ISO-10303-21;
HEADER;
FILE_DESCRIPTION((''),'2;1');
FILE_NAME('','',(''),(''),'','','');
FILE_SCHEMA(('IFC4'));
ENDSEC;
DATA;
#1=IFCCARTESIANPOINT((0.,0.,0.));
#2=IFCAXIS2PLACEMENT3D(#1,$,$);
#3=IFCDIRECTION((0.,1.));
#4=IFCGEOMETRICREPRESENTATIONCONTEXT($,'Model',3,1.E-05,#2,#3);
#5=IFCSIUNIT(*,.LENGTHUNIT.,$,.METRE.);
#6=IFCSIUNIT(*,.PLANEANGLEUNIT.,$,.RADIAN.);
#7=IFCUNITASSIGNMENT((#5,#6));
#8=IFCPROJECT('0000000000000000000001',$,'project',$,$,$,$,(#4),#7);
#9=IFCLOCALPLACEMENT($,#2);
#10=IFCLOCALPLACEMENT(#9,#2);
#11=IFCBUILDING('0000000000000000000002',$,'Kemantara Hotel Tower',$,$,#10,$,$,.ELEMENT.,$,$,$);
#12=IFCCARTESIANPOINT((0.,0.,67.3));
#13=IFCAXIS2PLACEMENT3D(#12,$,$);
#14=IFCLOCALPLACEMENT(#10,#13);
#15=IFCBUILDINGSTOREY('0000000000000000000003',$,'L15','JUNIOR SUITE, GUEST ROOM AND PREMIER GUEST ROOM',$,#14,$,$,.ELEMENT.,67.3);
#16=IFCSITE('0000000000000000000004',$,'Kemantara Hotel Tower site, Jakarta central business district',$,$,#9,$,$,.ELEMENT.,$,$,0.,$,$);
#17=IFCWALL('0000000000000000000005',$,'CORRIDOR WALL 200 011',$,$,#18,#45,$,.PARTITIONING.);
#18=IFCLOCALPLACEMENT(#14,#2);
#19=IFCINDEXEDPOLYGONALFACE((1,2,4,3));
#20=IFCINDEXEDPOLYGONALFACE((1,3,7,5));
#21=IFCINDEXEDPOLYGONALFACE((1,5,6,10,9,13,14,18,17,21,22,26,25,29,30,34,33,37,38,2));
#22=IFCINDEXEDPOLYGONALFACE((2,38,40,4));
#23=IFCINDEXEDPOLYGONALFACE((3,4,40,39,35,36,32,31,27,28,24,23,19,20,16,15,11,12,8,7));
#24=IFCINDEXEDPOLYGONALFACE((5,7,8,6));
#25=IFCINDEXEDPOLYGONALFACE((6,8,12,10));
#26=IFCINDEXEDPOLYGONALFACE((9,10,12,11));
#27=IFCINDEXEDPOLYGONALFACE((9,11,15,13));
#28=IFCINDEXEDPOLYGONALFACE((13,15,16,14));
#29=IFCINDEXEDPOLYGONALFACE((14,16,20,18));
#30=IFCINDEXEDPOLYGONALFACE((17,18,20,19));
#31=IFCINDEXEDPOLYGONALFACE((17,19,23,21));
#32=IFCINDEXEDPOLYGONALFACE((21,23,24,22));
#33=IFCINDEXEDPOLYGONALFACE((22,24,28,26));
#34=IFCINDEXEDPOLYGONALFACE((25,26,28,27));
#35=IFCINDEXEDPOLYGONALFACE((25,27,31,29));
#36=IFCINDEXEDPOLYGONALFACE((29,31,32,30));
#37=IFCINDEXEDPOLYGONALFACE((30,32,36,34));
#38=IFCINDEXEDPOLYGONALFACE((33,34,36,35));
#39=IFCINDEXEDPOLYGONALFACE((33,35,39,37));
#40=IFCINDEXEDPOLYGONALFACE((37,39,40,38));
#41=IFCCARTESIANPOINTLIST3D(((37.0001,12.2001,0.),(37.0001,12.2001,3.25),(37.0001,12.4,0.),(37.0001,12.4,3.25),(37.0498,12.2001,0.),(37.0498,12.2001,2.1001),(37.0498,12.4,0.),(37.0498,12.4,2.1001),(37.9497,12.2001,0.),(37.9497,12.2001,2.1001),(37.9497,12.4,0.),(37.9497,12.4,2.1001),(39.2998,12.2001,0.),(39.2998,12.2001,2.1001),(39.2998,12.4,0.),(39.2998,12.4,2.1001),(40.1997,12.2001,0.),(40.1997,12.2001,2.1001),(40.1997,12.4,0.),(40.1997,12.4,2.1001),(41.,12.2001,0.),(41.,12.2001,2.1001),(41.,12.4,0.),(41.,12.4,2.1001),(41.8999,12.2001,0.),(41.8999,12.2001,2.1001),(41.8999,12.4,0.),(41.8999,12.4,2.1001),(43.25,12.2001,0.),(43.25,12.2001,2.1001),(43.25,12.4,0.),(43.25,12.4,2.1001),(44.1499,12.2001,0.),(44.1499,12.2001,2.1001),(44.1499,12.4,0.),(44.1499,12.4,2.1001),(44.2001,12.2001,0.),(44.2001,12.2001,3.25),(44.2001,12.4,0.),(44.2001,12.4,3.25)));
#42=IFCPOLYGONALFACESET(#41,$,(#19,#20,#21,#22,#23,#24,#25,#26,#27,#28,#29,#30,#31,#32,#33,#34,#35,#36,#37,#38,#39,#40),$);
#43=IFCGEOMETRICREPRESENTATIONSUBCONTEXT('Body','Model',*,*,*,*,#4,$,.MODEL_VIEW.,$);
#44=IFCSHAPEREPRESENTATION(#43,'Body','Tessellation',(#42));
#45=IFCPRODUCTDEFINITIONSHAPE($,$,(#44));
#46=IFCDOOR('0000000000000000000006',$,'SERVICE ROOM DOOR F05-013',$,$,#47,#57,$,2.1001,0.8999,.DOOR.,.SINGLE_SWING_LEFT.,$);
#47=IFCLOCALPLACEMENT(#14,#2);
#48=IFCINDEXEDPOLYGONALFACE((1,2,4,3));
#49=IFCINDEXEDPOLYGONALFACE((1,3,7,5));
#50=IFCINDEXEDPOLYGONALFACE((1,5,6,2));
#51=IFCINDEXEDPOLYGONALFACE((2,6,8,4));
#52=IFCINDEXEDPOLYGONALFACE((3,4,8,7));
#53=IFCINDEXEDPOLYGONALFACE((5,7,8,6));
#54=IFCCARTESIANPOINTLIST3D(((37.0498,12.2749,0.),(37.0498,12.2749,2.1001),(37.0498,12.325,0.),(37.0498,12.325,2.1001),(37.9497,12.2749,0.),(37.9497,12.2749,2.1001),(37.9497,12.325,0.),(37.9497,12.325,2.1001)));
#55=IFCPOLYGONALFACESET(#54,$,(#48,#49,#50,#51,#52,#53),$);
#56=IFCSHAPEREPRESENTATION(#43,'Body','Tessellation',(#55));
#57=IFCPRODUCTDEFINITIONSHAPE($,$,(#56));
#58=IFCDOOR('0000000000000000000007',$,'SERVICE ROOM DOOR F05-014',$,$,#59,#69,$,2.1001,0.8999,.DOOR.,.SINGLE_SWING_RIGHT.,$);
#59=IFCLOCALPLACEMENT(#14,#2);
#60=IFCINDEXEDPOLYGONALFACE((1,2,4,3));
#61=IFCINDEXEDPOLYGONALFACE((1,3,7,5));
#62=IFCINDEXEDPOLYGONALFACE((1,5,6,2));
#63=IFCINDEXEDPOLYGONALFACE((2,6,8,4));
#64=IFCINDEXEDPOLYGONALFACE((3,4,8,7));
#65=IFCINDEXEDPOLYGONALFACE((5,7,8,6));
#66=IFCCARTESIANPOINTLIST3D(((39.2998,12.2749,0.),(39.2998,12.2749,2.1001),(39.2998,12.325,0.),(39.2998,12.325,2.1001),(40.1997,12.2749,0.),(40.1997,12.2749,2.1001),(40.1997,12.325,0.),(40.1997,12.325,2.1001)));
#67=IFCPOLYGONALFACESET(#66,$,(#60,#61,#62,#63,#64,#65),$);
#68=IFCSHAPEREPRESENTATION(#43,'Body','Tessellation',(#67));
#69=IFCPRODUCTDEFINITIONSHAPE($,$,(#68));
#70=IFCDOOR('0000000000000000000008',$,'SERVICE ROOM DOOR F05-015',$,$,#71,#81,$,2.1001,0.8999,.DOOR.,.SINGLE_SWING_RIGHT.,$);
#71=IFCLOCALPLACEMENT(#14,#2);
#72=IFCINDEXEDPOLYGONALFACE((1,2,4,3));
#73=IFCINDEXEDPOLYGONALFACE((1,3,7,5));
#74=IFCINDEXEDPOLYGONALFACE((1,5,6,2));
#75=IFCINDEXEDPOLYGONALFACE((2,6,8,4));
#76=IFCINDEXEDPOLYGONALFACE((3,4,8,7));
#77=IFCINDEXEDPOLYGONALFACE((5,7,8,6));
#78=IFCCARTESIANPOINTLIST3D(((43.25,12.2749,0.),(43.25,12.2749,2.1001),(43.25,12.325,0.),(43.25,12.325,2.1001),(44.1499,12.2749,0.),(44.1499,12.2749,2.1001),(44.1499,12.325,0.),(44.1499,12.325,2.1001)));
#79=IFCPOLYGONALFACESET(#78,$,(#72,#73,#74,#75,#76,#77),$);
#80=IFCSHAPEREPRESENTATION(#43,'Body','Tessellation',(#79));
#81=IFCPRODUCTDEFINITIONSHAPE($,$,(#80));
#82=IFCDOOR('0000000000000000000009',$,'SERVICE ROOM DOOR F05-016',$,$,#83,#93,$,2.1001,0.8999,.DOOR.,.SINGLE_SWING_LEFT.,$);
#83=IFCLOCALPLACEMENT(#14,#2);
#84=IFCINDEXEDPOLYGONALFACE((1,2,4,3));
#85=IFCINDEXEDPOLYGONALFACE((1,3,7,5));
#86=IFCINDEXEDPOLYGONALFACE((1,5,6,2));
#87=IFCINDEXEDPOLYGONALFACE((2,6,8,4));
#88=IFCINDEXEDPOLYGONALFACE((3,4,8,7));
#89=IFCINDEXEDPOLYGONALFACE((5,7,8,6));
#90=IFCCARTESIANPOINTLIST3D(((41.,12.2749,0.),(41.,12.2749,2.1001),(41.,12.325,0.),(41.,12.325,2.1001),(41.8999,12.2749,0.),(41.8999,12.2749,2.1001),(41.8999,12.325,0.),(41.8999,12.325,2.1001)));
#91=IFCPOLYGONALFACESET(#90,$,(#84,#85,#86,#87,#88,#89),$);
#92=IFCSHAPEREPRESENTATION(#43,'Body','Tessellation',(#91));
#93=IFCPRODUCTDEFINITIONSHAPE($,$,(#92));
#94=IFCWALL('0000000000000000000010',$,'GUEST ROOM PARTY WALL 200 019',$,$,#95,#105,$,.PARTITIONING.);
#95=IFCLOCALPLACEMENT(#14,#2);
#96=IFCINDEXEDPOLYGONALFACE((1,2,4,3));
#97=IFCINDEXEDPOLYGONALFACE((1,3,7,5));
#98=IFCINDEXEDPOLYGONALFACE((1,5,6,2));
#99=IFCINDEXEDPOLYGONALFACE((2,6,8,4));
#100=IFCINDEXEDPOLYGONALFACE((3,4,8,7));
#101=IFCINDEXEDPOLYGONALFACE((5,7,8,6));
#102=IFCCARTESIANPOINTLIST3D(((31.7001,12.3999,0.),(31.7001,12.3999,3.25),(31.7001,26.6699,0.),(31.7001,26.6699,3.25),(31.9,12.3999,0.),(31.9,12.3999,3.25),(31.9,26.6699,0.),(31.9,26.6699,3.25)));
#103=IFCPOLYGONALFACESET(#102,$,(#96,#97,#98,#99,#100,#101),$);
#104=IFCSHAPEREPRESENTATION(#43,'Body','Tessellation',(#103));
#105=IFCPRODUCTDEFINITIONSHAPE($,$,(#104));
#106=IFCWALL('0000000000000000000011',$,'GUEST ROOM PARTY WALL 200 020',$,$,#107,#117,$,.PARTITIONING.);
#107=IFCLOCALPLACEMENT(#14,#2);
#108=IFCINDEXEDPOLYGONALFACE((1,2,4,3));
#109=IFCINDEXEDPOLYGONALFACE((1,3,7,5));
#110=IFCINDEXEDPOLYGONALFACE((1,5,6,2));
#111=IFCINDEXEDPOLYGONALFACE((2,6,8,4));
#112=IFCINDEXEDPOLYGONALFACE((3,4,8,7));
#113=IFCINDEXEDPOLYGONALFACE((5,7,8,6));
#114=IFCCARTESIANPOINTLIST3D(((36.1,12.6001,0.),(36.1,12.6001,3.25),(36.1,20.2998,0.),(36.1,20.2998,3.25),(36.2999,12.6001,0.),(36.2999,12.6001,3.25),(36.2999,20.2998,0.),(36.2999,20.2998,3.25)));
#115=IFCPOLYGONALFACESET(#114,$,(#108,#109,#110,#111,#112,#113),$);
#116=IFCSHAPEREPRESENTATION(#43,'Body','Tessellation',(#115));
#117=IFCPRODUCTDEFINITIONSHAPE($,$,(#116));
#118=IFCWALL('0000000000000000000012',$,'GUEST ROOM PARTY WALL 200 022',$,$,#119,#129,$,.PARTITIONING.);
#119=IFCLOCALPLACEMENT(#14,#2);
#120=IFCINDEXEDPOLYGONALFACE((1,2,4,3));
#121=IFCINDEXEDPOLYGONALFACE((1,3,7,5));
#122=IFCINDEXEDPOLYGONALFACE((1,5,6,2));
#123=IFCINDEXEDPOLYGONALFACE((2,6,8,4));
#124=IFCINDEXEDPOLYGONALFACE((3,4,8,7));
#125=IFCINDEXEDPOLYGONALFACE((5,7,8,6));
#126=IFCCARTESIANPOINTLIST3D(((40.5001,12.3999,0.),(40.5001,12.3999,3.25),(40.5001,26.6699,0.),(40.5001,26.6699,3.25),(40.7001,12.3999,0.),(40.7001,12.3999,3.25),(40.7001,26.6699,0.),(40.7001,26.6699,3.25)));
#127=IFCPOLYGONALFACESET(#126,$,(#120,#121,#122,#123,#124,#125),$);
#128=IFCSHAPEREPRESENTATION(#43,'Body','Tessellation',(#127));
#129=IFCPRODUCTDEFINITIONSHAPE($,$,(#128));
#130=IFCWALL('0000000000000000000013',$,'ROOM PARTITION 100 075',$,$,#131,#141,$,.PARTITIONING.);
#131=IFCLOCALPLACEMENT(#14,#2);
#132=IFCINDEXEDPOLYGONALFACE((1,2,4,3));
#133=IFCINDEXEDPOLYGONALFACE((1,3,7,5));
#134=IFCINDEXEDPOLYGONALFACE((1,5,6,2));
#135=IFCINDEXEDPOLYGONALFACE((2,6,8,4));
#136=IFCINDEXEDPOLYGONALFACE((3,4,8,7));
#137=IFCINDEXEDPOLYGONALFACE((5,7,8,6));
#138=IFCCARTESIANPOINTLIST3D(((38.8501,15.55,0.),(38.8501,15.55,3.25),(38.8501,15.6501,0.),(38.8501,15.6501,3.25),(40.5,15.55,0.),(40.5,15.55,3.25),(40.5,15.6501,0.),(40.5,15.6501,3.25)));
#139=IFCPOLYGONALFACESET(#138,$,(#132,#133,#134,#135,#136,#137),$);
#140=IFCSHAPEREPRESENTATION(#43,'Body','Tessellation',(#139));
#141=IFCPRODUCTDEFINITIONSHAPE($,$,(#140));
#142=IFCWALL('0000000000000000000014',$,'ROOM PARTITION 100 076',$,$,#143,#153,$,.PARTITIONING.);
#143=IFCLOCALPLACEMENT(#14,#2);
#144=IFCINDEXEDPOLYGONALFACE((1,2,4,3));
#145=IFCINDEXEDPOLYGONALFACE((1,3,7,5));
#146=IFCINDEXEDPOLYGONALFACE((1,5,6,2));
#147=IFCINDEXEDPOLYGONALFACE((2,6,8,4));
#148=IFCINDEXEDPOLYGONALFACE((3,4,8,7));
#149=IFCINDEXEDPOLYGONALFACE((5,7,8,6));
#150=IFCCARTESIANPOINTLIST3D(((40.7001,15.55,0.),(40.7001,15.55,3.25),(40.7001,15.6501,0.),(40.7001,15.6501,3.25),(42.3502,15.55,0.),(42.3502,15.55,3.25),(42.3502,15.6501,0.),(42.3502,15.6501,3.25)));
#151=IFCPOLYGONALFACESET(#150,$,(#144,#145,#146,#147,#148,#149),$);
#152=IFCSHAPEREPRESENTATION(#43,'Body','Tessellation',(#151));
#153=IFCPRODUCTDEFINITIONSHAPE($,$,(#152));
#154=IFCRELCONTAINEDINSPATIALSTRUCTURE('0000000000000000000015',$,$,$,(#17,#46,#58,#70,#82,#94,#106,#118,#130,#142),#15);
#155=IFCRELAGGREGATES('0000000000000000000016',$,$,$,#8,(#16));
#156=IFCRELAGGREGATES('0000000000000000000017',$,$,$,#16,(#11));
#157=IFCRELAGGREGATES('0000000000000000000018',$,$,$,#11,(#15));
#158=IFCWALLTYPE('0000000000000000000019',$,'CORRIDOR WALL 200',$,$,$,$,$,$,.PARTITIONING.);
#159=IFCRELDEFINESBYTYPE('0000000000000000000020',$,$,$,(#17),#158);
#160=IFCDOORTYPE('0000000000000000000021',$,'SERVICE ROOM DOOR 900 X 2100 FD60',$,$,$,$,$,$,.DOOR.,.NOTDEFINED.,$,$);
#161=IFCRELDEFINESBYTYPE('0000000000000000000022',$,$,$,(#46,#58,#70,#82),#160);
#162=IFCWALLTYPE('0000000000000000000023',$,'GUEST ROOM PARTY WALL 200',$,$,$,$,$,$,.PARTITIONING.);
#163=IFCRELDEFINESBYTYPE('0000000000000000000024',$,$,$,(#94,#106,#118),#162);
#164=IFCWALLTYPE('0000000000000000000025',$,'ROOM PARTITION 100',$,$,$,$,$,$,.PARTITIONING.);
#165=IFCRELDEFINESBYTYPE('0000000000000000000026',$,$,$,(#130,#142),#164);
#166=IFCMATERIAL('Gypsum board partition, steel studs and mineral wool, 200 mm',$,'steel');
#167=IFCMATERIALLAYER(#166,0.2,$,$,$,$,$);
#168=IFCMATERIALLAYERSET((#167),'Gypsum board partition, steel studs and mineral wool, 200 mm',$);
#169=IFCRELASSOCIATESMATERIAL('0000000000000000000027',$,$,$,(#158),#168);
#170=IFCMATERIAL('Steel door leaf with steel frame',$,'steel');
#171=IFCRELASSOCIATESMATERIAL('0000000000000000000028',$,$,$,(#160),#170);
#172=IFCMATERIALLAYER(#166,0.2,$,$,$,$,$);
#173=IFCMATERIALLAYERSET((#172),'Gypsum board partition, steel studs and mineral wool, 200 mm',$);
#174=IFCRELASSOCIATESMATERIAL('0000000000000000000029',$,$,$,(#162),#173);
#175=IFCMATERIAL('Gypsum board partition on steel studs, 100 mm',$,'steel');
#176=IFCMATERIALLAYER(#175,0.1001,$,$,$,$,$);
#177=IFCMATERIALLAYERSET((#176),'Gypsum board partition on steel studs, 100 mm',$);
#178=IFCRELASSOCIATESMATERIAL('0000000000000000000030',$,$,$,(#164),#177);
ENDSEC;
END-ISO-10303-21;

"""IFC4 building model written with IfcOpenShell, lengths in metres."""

from ifc_helpers import new_model, si_unit, direction, frame, frame_2d, origin, place, context, subcontext, project, spatial, rectangle, extrude, material, layer, layer_set, type_object, element, fill, save


model = new_model("IFC4")

# Units and contexts
model_context = context("Model", 3, precision=1e-05, world=origin(), true_north=direction((0.0, 1.0)))
body_context = subcontext(model_context, "Body", "Model", "MODEL_VIEW")
ifc_project = project(units=[si_unit("LENGTHUNIT", "METRE"), si_unit("PLANEANGLEUNIT", "RADIAN")], contexts=[model_context])

# Site, building, storey
site_placement = place(None, origin())
site = spatial("IfcSite", under=ifc_project, at=site_placement, Name="Kemantara Hotel Tower site, Jakarta central business district", CompositionType="ELEMENT", RefElevation=0.0)
building_placement = place(site_placement, origin())
building = spatial("IfcBuilding", under=site, at=building_placement, Name="Kemantara Hotel Tower", CompositionType="ELEMENT")
storey_placement = place(building_placement, frame((0.0, 0.0, 67.3)))
storey = spatial("IfcBuildingStorey", under=building, at=storey_placement, Name="L15", Description="JUNIOR SUITE, GUEST ROOM AND PREMIER GUEST ROOM", CompositionType="ELEMENT", Elevation=67.3)

# Shared definitions
ifc_material_1 = material(Name="Gypsum board partition, steel studs and mineral wool, 200 mm", Category="steel")
ifc_layer_1 = layer(ifc_material_1, 0.2)
ifc_layer_set_1 = layer_set([ifc_layer_1], Name="Gypsum board partition, steel studs and mineral wool, 200 mm")
wall_type_1 = type_object("IfcWallType", Name="CORRIDOR WALL 200", PredefinedType="PARTITIONING", material=ifc_layer_set_1)

# Wall, openings, doors
wall_1_placement = place(storey_placement, frame((37.0, 12.3, 0.0), z_axis=(0.0, 0.0, 1.0), x_axis=(1.0, 0.0, 0.0)))
wall_1 = element("IfcWall", 1, at=wall_1_placement, inside=storey, type_object=wall_type_1, Name="CORRIDOR WALL 200 011", PredefinedType="PARTITIONING", context=body_context, shape_type="SweptSolid", body=[
    extrude(rectangle(XDim=7.2, YDim=0.2, at=frame_2d((3.6001, 0.0))), origin(), (0.0, 0.0, 1.0), 3.25),
])
opening_1_placement = place(wall_1_placement, frame((0.0498, 0.0, 0.0)))
opening_1 = element("IfcOpeningElement", 2, at=opening_1_placement, cuts=wall_1, PredefinedType="OPENING", context=body_context, shape_type="SweptSolid", body=[
    extrude(rectangle(XDim=0.8999, YDim=2.1001, at=frame_2d((0.45, 1.05))), frame((0.0, 0.1099, 0.0), z_axis=(0.0, -1.0, 0.0), x_axis=(1.0, 0.0, 0.0)), (0.0, 0.0, 1.0), 0.22),
])
opening_2_placement = place(wall_1_placement, frame((2.2998, 0.0, 0.0)))
opening_2 = element("IfcOpeningElement", 3, at=opening_2_placement, cuts=wall_1, PredefinedType="OPENING", context=body_context, shape_type="SweptSolid", body=[
    extrude(rectangle(XDim=0.8999, YDim=2.1001, at=frame_2d((0.45, 1.05))), frame((0.0, 0.1099, 0.0), z_axis=(0.0, -1.0, 0.0), x_axis=(1.0, 0.0, 0.0)), (0.0, 0.0, 1.0), 0.22),
])
opening_3_placement = place(wall_1_placement, frame((6.25, 0.0, 0.0)))
opening_3 = element("IfcOpeningElement", 4, at=opening_3_placement, cuts=wall_1, PredefinedType="OPENING", context=body_context, shape_type="SweptSolid", body=[
    extrude(rectangle(XDim=0.8999, YDim=2.1001, at=frame_2d((0.45, 1.05))), frame((0.0, 0.1099, 0.0), z_axis=(0.0, -1.0, 0.0), x_axis=(1.0, 0.0, 0.0)), (0.0, 0.0, 1.0), 0.22),
])
opening_4_placement = place(wall_1_placement, frame((4.0, 0.0, 0.0)))
opening_4 = element("IfcOpeningElement", 5, at=opening_4_placement, cuts=wall_1, PredefinedType="OPENING", context=body_context, shape_type="SweptSolid", body=[
    extrude(rectangle(XDim=0.8999, YDim=2.1001, at=frame_2d((0.45, 1.05))), frame((0.0, 0.1099, 0.0), z_axis=(0.0, -1.0, 0.0), x_axis=(1.0, 0.0, 0.0)), (0.0, 0.0, 1.0), 0.22),
])
ifc_material_2 = material(Name="Steel door leaf with steel frame", Category="steel")
door_type_1 = type_object("IfcDoorType", Name="SERVICE ROOM DOOR 900 X 2100 FD60", OperationType="NOTDEFINED", PredefinedType="DOOR", material=ifc_material_2)
door_1_placement = place(opening_1_placement, origin())
door_1 = element("IfcDoor", 6, at=door_1_placement, inside=storey, type_object=door_type_1, Name="SERVICE ROOM DOOR F05-013", OperationType="SINGLE_SWING_LEFT", OverallHeight=2.1001, OverallWidth=0.8999, PredefinedType="DOOR", context=body_context, shape_type="SweptSolid", body=[
    extrude(rectangle(XDim=0.8999, YDim=2.1001, at=frame_2d((0.45, 1.05))), frame((0.0, 0.0249, 0.0), z_axis=(0.0, -1.0, 0.0), x_axis=(1.0, 0.0, 0.0)), (0.0, 0.0, 1.0), 0.05),
])
fill(opening_1, door_1)
door_2_placement = place(opening_2_placement, origin())
door_2 = element("IfcDoor", 7, at=door_2_placement, inside=storey, type_object=door_type_1, Name="SERVICE ROOM DOOR F05-014", OperationType="SINGLE_SWING_RIGHT", OverallHeight=2.1001, OverallWidth=0.8999, PredefinedType="DOOR", context=body_context, shape_type="SweptSolid", body=[
    extrude(rectangle(XDim=0.8999, YDim=2.1001, at=frame_2d((0.45, 1.05))), frame((0.0, 0.0249, 0.0), z_axis=(0.0, -1.0, 0.0), x_axis=(1.0, 0.0, 0.0)), (0.0, 0.0, 1.0), 0.05),
])
fill(opening_2, door_2)
door_3_placement = place(opening_3_placement, origin())
door_3 = element("IfcDoor", 8, at=door_3_placement, inside=storey, type_object=door_type_1, Name="SERVICE ROOM DOOR F05-015", OperationType="SINGLE_SWING_RIGHT", OverallHeight=2.1001, OverallWidth=0.8999, PredefinedType="DOOR", context=body_context, shape_type="SweptSolid", body=[
    extrude(rectangle(XDim=0.8999, YDim=2.1001, at=frame_2d((0.45, 1.05))), frame((0.0, 0.0249, 0.0), z_axis=(0.0, -1.0, 0.0), x_axis=(1.0, 0.0, 0.0)), (0.0, 0.0, 1.0), 0.05),
])
fill(opening_3, door_3)
door_4_placement = place(opening_4_placement, origin())
door_4 = element("IfcDoor", 9, at=door_4_placement, inside=storey, type_object=door_type_1, Name="SERVICE ROOM DOOR F05-016", OperationType="SINGLE_SWING_LEFT", OverallHeight=2.1001, OverallWidth=0.8999, PredefinedType="DOOR", context=body_context, shape_type="SweptSolid", body=[
    extrude(rectangle(XDim=0.8999, YDim=2.1001, at=frame_2d((0.45, 1.05))), frame((0.0, 0.0249, 0.0), z_axis=(0.0, -1.0, 0.0), x_axis=(1.0, 0.0, 0.0)), (0.0, 0.0, 1.0), 0.05),
])
fill(opening_4, door_4)

# Walls
ifc_layer_2 = layer(ifc_material_1, 0.2)
ifc_layer_set_2 = layer_set([ifc_layer_2], Name="Gypsum board partition, steel studs and mineral wool, 200 mm")
wall_type_2 = type_object("IfcWallType", Name="GUEST ROOM PARTY WALL 200", PredefinedType="PARTITIONING", material=ifc_layer_set_2)
wall_2_placement = place(storey_placement, frame((31.8, 12.3999, 0.0), z_axis=(0.0, 0.0, 1.0), x_axis=(0.0, 1.0, 0.0)))
element("IfcWall", 10, at=wall_2_placement, inside=storey, type_object=wall_type_2, Name="GUEST ROOM PARTY WALL 200 019", PredefinedType="PARTITIONING", context=body_context, shape_type="SweptSolid", body=[
    extrude(rectangle(XDim=14.27, YDim=0.2, at=frame_2d((7.135, 0.0))), origin(), (0.0, 0.0, 1.0), 3.25),
])
wall_3_placement = place(storey_placement, frame((36.2, 12.6001, 0.0), z_axis=(0.0, 0.0, 1.0), x_axis=(0.0, 1.0, 0.0)))
element("IfcWall", 11, at=wall_3_placement, inside=storey, type_object=wall_type_2, Name="GUEST ROOM PARTY WALL 200 020", PredefinedType="PARTITIONING", context=body_context, shape_type="SweptSolid", body=[
    extrude(rectangle(XDim=7.6997, YDim=0.2, at=frame_2d((3.8499, 0.0))), origin(), (0.0, 0.0, 1.0), 3.25),
])
wall_4_placement = place(storey_placement, frame((40.6001, 12.3999, 0.0), z_axis=(0.0, 0.0, 1.0), x_axis=(0.0, 1.0, 0.0)))
element("IfcWall", 12, at=wall_4_placement, inside=storey, type_object=wall_type_2, Name="GUEST ROOM PARTY WALL 200 022", PredefinedType="PARTITIONING", context=body_context, shape_type="SweptSolid", body=[
    extrude(rectangle(XDim=14.27, YDim=0.2, at=frame_2d((7.135, 0.0))), origin(), (0.0, 0.0, 1.0), 3.25),
])
ifc_material_3 = material(Name="Gypsum board partition on steel studs, 100 mm", Category="steel")
ifc_layer_3 = layer(ifc_material_3, 0.1001)
ifc_layer_set_3 = layer_set([ifc_layer_3], Name="Gypsum board partition on steel studs, 100 mm")
wall_type_3 = type_object("IfcWallType", Name="ROOM PARTITION 100", PredefinedType="PARTITIONING", material=ifc_layer_set_3)
wall_5_placement = place(storey_placement, frame((38.8501, 15.6001, 0.0), z_axis=(0.0, 0.0, 1.0), x_axis=(1.0, 0.0, 0.0)))
element("IfcWall", 13, at=wall_5_placement, inside=storey, type_object=wall_type_3, Name="ROOM PARTITION 100 075", PredefinedType="PARTITIONING", context=body_context, shape_type="SweptSolid", body=[
    extrude(rectangle(XDim=1.6499, YDim=0.1001, at=frame_2d((0.825, 0.0))), origin(), (0.0, 0.0, 1.0), 3.25),
])
wall_6_placement = place(storey_placement, frame((40.7, 15.6001, 0.0), z_axis=(0.0, 0.0, 1.0), x_axis=(1.0, 0.0, 0.0)))
element("IfcWall", 14, at=wall_6_placement, inside=storey, type_object=wall_type_3, Name="ROOM PARTITION 100 076", PredefinedType="PARTITIONING", context=body_context, shape_type="SweptSolid", body=[
    extrude(rectangle(XDim=1.6501, YDim=0.1001, at=frame_2d((0.8252, 0.0))), origin(), (0.0, 0.0, 1.0), 3.25),
])

save(model, "model.ifc")
